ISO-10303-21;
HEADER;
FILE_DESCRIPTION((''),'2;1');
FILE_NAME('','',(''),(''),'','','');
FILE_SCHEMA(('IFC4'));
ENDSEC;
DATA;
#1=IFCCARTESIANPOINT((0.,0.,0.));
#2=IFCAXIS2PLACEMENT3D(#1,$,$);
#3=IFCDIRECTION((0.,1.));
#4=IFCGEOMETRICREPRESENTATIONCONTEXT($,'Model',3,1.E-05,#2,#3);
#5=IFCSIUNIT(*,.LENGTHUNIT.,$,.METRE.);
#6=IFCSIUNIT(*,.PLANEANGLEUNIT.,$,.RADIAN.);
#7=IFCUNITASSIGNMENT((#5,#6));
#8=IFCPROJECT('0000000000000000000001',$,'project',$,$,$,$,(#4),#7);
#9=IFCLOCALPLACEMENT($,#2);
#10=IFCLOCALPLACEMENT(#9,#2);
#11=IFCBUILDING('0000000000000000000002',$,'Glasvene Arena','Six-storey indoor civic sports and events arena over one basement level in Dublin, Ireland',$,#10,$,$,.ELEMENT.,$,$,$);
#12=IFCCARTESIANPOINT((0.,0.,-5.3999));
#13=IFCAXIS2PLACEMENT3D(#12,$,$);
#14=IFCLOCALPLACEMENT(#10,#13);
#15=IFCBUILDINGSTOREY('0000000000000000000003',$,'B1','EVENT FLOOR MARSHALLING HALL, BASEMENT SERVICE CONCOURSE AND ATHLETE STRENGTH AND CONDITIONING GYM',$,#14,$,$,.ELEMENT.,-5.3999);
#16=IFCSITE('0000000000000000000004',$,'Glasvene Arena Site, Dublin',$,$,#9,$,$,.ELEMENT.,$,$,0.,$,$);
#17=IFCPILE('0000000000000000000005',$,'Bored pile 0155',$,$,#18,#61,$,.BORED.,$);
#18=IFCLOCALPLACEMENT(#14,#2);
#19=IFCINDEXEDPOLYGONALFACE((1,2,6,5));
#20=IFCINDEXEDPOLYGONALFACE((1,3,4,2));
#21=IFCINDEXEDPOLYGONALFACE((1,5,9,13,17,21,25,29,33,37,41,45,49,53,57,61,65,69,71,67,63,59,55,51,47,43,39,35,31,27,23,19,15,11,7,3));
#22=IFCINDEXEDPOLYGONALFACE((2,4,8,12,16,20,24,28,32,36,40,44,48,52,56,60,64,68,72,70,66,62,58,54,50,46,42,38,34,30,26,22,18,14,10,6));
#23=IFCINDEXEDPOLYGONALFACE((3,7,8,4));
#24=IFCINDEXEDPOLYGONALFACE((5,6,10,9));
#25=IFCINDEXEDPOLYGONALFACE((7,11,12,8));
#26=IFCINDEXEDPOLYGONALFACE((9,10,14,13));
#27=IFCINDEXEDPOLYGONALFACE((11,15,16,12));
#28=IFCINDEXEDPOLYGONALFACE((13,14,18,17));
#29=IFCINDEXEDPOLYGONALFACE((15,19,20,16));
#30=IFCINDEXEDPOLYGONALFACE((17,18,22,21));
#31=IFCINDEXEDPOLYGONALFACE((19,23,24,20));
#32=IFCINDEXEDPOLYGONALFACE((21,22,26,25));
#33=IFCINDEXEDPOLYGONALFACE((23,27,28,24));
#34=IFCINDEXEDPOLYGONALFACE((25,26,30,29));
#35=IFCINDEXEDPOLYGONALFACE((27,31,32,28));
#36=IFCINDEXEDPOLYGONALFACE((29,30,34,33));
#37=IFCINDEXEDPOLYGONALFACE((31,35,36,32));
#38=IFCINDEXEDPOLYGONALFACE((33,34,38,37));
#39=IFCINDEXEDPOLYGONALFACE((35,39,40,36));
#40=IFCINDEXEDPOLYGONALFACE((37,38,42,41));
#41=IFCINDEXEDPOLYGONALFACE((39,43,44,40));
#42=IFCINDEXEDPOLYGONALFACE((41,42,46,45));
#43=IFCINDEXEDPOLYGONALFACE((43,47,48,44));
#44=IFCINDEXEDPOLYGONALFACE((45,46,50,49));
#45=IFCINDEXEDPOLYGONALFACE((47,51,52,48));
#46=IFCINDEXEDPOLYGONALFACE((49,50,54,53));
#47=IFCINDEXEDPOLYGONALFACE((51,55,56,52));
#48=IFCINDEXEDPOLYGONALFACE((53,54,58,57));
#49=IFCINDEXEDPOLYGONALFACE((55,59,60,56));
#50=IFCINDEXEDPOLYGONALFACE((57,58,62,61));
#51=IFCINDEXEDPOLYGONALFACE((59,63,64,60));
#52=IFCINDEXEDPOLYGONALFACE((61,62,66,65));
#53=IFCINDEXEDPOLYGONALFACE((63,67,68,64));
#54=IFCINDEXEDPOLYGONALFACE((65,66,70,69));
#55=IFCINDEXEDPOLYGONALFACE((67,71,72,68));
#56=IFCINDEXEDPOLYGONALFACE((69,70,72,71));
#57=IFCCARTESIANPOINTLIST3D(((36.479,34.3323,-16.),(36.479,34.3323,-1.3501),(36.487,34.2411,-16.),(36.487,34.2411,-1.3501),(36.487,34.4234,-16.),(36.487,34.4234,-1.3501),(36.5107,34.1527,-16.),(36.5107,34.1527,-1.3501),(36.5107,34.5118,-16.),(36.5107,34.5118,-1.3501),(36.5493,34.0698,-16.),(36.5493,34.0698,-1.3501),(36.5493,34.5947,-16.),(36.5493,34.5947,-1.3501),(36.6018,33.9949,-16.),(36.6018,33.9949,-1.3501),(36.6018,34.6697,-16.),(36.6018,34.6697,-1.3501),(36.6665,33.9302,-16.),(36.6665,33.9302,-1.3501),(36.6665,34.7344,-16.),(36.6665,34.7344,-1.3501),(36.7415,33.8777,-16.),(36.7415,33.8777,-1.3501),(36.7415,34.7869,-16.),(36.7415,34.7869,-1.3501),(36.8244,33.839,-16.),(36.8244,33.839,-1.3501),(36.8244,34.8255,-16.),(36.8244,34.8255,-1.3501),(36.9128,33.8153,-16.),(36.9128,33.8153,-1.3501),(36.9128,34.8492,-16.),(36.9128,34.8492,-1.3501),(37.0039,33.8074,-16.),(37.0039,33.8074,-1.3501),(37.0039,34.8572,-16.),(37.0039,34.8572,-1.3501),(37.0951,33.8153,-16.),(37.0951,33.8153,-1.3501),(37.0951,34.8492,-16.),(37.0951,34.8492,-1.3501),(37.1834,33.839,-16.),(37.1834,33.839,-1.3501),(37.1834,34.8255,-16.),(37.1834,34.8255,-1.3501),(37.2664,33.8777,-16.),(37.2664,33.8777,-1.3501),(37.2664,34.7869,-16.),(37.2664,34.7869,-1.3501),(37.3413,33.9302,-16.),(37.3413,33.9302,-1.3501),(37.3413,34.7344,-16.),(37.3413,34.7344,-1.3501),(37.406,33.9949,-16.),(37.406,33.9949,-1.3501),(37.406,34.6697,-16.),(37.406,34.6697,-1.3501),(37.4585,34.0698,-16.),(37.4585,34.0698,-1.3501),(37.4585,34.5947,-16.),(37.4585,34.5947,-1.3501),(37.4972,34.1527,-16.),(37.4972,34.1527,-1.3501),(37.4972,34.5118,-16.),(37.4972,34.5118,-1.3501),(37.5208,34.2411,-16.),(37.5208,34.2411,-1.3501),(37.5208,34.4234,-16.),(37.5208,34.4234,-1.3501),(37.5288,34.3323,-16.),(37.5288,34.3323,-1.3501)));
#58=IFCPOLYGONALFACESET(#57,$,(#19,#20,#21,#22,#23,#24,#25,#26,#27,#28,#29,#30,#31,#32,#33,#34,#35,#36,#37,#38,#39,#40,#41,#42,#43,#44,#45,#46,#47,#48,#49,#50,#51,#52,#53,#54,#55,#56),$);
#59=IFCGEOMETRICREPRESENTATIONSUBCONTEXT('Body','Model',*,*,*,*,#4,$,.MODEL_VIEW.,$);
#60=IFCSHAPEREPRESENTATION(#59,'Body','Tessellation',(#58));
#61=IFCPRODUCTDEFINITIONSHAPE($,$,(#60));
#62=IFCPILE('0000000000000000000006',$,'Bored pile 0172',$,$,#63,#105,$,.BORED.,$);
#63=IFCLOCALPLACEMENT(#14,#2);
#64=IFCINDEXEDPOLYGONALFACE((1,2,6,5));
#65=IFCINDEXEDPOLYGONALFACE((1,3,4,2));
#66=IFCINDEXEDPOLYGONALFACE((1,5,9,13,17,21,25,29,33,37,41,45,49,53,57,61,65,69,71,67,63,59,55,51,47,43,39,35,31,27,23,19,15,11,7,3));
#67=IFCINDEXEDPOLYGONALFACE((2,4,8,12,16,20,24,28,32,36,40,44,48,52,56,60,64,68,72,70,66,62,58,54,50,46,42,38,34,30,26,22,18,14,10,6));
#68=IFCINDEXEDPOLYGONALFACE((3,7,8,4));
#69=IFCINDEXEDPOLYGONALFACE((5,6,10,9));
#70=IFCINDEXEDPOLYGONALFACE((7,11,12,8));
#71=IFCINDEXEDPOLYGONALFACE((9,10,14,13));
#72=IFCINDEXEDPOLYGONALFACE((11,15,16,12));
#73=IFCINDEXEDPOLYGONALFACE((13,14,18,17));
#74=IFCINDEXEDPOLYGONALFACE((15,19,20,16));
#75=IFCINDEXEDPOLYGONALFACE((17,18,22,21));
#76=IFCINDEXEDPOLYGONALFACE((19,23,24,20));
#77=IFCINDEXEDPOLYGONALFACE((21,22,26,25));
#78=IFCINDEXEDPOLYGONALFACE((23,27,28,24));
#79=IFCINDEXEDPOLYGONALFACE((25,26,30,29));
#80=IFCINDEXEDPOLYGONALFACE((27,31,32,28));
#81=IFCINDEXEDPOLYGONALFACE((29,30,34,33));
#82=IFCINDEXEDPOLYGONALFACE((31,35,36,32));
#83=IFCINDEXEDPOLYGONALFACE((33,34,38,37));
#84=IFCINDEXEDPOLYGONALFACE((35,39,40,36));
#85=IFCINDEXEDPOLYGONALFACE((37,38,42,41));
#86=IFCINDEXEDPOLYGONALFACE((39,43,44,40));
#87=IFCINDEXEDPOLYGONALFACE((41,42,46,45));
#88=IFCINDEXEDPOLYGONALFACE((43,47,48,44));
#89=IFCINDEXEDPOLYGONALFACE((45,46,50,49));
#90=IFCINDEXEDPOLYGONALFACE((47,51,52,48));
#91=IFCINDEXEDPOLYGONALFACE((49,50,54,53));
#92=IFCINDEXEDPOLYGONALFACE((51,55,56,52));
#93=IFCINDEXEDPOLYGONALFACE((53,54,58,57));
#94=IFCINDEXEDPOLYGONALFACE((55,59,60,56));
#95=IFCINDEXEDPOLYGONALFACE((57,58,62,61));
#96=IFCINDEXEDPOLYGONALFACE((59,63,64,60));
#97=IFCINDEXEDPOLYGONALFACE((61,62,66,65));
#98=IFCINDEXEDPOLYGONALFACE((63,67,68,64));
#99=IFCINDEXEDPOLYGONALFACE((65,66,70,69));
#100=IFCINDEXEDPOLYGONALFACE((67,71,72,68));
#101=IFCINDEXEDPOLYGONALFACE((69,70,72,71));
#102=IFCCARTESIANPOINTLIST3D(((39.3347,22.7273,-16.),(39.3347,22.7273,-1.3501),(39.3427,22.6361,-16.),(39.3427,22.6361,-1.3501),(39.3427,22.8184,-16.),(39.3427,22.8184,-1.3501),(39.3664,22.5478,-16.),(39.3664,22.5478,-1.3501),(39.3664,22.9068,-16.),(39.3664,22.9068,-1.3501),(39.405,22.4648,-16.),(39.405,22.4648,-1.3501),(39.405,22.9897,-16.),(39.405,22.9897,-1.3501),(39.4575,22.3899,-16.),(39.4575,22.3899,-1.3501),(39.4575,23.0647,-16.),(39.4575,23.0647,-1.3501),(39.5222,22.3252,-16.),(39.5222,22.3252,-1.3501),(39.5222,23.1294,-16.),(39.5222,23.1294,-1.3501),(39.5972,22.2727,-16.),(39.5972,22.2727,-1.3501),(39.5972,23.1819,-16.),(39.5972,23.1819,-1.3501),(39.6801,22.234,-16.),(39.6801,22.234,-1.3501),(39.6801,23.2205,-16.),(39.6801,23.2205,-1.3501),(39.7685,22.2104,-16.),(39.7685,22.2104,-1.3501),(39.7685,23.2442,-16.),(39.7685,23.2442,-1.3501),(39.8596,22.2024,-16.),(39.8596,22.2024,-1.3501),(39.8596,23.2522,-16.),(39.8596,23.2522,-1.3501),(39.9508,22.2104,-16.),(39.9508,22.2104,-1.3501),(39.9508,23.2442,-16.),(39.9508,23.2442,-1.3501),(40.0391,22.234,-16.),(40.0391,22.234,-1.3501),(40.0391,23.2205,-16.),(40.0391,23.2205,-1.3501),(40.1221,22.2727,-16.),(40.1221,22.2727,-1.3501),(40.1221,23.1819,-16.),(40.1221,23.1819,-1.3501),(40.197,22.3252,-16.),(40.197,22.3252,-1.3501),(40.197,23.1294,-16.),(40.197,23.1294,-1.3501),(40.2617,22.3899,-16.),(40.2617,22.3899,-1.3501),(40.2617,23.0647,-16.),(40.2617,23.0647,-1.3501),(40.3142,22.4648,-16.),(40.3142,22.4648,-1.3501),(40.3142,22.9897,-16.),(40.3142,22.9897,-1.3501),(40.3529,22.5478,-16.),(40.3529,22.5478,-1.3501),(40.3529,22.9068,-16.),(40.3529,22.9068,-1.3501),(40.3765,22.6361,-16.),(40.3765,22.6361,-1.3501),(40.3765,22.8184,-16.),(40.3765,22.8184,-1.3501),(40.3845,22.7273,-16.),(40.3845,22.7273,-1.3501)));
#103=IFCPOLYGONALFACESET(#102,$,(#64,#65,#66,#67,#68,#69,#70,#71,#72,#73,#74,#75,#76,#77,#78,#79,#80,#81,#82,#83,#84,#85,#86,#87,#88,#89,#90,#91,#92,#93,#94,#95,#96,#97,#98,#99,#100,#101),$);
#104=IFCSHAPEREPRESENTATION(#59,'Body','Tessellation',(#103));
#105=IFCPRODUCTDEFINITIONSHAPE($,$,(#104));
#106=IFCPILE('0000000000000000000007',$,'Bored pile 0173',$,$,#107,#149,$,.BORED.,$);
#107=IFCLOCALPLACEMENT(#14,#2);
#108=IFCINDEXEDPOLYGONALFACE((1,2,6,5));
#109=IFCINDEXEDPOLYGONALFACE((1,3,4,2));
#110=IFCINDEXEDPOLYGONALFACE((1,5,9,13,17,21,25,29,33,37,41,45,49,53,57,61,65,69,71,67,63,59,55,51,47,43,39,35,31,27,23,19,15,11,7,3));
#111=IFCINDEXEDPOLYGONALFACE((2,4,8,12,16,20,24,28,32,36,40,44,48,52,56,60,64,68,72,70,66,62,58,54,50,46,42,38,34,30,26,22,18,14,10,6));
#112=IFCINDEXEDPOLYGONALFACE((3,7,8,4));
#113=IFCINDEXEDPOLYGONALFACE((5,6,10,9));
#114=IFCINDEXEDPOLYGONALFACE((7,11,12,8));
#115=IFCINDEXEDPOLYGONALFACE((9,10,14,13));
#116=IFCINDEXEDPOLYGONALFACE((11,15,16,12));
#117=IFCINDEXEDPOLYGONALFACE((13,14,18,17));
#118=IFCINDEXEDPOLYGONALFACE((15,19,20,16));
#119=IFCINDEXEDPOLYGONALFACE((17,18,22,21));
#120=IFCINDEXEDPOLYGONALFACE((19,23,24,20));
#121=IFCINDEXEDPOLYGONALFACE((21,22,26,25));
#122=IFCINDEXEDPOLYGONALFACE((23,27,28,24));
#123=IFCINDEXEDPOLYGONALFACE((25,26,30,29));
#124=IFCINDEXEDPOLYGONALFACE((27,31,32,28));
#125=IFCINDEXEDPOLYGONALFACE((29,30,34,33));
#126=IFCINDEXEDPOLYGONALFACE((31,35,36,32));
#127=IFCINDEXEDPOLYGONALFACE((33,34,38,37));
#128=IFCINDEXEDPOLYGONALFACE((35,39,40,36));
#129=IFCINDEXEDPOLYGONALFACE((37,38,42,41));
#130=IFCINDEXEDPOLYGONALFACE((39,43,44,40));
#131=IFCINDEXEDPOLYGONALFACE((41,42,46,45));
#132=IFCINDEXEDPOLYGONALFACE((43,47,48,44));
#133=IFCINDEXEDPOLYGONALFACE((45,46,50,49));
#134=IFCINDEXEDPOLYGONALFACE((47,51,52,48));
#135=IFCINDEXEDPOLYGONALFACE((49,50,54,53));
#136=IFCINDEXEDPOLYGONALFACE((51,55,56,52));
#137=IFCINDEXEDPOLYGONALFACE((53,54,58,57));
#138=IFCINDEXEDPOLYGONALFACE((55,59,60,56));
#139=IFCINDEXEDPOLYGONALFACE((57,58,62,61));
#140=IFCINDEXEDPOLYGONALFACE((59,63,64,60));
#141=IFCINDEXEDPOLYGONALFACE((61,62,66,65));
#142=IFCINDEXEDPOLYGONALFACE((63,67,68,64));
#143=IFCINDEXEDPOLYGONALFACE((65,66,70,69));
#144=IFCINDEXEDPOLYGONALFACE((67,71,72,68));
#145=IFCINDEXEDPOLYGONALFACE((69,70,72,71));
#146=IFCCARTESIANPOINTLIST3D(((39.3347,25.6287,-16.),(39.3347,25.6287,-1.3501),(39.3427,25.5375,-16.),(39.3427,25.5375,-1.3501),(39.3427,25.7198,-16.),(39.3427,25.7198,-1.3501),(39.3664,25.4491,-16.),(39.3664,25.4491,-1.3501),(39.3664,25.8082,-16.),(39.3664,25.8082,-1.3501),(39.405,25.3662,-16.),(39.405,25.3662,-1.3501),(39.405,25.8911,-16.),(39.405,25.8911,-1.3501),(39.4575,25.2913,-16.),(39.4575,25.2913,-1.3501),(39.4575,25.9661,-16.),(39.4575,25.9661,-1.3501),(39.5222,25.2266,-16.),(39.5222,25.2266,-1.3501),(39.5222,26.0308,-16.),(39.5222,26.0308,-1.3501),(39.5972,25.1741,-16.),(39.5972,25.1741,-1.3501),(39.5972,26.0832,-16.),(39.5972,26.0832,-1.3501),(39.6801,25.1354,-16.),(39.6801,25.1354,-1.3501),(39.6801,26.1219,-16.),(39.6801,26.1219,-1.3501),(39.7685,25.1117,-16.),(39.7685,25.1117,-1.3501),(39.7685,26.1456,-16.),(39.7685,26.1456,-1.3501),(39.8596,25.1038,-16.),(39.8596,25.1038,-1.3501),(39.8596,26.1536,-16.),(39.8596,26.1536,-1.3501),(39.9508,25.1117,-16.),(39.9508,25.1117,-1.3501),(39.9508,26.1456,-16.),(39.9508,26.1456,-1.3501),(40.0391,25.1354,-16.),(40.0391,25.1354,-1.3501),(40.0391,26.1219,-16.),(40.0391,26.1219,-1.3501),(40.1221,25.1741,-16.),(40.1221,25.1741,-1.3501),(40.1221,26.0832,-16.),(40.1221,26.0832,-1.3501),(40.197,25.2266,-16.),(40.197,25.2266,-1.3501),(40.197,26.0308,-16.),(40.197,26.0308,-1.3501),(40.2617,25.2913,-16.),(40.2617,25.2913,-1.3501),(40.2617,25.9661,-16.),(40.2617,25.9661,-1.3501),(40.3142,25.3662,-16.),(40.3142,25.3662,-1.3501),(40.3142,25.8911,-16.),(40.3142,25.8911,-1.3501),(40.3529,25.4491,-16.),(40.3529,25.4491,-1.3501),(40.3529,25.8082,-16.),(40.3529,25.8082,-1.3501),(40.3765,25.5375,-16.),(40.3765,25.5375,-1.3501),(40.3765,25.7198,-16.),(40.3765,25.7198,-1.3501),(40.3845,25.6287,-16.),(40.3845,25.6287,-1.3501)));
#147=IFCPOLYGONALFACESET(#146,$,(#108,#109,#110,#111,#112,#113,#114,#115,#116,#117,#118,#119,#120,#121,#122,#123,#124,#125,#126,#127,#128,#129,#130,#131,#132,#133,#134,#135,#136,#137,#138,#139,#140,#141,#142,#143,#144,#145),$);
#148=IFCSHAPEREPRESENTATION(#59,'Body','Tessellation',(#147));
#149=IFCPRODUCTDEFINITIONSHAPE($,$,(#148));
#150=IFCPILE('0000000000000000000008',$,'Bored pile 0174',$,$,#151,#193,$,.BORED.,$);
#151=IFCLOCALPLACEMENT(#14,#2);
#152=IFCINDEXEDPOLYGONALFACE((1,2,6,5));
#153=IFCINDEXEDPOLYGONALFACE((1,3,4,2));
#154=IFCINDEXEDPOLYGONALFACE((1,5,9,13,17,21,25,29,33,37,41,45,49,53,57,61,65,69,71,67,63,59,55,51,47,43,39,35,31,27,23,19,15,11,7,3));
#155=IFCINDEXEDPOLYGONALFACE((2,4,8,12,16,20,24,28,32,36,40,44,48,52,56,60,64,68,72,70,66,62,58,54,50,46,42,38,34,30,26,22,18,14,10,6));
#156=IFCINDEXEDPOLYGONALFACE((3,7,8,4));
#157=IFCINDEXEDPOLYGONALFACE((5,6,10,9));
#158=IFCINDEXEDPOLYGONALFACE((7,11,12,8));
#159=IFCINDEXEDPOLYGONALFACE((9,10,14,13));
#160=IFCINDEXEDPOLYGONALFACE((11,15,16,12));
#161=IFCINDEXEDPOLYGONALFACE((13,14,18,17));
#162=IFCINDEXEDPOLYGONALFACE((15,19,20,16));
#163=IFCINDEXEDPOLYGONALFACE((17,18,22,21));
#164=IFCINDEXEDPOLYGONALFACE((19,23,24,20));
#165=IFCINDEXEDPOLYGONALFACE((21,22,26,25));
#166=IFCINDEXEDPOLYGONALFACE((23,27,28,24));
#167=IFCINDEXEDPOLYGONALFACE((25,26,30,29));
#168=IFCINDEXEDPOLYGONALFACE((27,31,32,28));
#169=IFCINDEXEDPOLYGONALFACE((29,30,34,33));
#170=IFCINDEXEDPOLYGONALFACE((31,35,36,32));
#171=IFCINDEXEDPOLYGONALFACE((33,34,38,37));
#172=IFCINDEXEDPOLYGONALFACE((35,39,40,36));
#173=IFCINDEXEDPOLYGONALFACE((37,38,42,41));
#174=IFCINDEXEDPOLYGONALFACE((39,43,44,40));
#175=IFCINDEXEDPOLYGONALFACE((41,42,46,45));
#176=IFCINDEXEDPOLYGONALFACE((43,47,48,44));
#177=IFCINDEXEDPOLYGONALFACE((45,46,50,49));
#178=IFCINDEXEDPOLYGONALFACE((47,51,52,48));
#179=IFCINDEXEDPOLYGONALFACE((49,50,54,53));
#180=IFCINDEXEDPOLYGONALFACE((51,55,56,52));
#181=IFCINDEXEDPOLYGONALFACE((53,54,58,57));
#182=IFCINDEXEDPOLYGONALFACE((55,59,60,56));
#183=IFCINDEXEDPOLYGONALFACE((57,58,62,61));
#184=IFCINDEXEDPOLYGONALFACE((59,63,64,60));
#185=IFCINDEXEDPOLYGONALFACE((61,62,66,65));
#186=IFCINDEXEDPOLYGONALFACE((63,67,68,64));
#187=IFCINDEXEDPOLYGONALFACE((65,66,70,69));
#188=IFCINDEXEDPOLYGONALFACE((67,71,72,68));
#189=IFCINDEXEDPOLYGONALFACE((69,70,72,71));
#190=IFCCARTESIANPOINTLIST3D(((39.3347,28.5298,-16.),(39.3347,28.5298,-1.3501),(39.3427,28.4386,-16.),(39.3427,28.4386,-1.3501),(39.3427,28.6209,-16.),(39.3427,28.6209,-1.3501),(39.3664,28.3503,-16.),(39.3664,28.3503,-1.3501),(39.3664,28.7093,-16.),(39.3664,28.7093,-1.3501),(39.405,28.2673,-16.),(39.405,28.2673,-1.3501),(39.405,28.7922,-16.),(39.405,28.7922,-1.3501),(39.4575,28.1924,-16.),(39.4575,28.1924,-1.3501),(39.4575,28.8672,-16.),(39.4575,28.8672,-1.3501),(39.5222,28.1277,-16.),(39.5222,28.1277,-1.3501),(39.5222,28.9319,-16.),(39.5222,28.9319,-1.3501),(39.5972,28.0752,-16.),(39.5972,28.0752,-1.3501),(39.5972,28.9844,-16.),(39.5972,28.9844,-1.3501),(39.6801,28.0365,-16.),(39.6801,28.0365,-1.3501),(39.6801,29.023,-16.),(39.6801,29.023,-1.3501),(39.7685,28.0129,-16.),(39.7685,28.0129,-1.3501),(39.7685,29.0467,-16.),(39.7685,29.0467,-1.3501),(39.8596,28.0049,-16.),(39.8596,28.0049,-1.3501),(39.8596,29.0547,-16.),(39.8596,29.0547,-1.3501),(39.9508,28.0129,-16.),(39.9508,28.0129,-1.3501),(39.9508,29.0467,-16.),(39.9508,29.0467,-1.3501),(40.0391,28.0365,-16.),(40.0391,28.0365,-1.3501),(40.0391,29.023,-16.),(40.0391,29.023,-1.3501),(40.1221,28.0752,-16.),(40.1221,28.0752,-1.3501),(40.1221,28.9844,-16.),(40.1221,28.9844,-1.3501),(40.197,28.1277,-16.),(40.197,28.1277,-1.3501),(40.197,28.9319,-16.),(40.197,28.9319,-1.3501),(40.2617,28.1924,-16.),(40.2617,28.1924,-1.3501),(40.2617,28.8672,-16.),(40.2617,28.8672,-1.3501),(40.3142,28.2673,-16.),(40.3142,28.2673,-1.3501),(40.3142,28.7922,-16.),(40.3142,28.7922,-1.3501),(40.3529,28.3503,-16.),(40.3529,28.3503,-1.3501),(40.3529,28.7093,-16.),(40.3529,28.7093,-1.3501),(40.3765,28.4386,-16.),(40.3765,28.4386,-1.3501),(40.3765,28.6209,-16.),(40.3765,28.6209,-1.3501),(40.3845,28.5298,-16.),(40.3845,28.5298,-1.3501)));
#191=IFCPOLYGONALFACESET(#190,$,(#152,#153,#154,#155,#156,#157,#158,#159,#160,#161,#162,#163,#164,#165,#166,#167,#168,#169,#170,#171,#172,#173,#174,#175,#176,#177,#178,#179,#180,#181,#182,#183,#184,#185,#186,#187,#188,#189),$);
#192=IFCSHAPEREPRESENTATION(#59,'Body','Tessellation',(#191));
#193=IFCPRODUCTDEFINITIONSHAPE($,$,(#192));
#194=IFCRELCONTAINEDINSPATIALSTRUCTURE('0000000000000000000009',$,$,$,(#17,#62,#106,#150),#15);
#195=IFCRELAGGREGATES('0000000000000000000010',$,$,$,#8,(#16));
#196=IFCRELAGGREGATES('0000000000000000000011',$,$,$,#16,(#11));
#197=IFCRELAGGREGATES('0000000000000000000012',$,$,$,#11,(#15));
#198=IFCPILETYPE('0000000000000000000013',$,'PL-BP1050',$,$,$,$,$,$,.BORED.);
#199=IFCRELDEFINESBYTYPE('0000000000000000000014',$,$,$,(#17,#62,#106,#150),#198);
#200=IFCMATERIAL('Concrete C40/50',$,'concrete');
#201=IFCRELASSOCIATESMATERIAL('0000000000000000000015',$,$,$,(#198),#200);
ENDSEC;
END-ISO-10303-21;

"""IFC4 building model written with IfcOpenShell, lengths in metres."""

from ifc_helpers import new_model, si_unit, direction, frame, origin, origin_2d, place, context, subcontext, project, spatial, circle, extrude, material, material_profile, profile_set, type_object, element, save


model = new_model("IFC4")

# Units and contexts
model_context = context("Model", 3, precision=1e-05, world=origin(), true_north=direction((0.0, 1.0)))
body_context = subcontext(model_context, "Body", "Model", "MODEL_VIEW")
ifc_project = project(units=[si_unit("LENGTHUNIT", "METRE"), si_unit("PLANEANGLEUNIT", "RADIAN")], contexts=[model_context])

# Site, building, storey
site_placement = place(None, origin())
site = spatial("IfcSite", under=ifc_project, at=site_placement, Name="Glasvene Arena Site, Dublin", CompositionType="ELEMENT", RefElevation=0.0)
building_placement = place(site_placement, origin())
building = spatial("IfcBuilding", under=site, at=building_placement, Name="Glasvene Arena", Description="Six-storey indoor civic sports and events arena over one basement level in Dublin, Ireland", CompositionType="ELEMENT")
storey_placement = place(building_placement, frame((0.0, 0.0, -5.3999)))
storey = spatial("IfcBuildingStorey", under=building, at=storey_placement, Name="B1", Description="EVENT FLOOR MARSHALLING HALL, BASEMENT SERVICE CONCOURSE AND ATHLETE STRENGTH AND CONDITIONING GYM", CompositionType="ELEMENT", Elevation=-5.3999)

# Piles
ifc_material_1 = material(Name="Concrete C40/50", Category="concrete")
ifc_material_profile_1 = material_profile(ifc_material_1, circle(Radius=0.5249, at=origin_2d()), Name="BORED PILE 1050")
ifc_profile_set_1 = profile_set([ifc_material_profile_1], Name="Concrete C40/50")
pile_type = type_object("IfcPileType", Name="PL-BP1050", PredefinedType="BORED", material=ifc_profile_set_1)
for number, where, z_axis, x_axis, name in (
    (1, (37.0039, 34.3323, -1.3501), (0.0, 0.0, -1.0), (1.0, 0.0, 0.0), "Bored pile 0155"),
    (2, (39.8596, 22.7273, -1.3501), (0.0, 0.0, -1.0), (1.0, 0.0, 0.0), "Bored pile 0172"),
    (3, (39.8596, 25.6287, -1.3501), (0.0, 0.0, -1.0), (1.0, 0.0, 0.0), "Bored pile 0173"),
    (4, (39.8596, 28.5298, -1.3501), (0.0, 0.0, -1.0), (1.0, 0.0, 0.0), "Bored pile 0174"),
):
    element("IfcPile", number, at=place(storey_placement, frame(where, z_axis=z_axis, x_axis=x_axis)), inside=storey, type_object=pile_type, Name=name, PredefinedType="BORED", context=body_context, shape_type="SweptSolid", body=[
        extrude(circle(Radius=0.5249, at=origin_2d()), origin(), (0.0, 0.0, 1.0), 14.6499),
    ])

save(model, "model.ifc")
